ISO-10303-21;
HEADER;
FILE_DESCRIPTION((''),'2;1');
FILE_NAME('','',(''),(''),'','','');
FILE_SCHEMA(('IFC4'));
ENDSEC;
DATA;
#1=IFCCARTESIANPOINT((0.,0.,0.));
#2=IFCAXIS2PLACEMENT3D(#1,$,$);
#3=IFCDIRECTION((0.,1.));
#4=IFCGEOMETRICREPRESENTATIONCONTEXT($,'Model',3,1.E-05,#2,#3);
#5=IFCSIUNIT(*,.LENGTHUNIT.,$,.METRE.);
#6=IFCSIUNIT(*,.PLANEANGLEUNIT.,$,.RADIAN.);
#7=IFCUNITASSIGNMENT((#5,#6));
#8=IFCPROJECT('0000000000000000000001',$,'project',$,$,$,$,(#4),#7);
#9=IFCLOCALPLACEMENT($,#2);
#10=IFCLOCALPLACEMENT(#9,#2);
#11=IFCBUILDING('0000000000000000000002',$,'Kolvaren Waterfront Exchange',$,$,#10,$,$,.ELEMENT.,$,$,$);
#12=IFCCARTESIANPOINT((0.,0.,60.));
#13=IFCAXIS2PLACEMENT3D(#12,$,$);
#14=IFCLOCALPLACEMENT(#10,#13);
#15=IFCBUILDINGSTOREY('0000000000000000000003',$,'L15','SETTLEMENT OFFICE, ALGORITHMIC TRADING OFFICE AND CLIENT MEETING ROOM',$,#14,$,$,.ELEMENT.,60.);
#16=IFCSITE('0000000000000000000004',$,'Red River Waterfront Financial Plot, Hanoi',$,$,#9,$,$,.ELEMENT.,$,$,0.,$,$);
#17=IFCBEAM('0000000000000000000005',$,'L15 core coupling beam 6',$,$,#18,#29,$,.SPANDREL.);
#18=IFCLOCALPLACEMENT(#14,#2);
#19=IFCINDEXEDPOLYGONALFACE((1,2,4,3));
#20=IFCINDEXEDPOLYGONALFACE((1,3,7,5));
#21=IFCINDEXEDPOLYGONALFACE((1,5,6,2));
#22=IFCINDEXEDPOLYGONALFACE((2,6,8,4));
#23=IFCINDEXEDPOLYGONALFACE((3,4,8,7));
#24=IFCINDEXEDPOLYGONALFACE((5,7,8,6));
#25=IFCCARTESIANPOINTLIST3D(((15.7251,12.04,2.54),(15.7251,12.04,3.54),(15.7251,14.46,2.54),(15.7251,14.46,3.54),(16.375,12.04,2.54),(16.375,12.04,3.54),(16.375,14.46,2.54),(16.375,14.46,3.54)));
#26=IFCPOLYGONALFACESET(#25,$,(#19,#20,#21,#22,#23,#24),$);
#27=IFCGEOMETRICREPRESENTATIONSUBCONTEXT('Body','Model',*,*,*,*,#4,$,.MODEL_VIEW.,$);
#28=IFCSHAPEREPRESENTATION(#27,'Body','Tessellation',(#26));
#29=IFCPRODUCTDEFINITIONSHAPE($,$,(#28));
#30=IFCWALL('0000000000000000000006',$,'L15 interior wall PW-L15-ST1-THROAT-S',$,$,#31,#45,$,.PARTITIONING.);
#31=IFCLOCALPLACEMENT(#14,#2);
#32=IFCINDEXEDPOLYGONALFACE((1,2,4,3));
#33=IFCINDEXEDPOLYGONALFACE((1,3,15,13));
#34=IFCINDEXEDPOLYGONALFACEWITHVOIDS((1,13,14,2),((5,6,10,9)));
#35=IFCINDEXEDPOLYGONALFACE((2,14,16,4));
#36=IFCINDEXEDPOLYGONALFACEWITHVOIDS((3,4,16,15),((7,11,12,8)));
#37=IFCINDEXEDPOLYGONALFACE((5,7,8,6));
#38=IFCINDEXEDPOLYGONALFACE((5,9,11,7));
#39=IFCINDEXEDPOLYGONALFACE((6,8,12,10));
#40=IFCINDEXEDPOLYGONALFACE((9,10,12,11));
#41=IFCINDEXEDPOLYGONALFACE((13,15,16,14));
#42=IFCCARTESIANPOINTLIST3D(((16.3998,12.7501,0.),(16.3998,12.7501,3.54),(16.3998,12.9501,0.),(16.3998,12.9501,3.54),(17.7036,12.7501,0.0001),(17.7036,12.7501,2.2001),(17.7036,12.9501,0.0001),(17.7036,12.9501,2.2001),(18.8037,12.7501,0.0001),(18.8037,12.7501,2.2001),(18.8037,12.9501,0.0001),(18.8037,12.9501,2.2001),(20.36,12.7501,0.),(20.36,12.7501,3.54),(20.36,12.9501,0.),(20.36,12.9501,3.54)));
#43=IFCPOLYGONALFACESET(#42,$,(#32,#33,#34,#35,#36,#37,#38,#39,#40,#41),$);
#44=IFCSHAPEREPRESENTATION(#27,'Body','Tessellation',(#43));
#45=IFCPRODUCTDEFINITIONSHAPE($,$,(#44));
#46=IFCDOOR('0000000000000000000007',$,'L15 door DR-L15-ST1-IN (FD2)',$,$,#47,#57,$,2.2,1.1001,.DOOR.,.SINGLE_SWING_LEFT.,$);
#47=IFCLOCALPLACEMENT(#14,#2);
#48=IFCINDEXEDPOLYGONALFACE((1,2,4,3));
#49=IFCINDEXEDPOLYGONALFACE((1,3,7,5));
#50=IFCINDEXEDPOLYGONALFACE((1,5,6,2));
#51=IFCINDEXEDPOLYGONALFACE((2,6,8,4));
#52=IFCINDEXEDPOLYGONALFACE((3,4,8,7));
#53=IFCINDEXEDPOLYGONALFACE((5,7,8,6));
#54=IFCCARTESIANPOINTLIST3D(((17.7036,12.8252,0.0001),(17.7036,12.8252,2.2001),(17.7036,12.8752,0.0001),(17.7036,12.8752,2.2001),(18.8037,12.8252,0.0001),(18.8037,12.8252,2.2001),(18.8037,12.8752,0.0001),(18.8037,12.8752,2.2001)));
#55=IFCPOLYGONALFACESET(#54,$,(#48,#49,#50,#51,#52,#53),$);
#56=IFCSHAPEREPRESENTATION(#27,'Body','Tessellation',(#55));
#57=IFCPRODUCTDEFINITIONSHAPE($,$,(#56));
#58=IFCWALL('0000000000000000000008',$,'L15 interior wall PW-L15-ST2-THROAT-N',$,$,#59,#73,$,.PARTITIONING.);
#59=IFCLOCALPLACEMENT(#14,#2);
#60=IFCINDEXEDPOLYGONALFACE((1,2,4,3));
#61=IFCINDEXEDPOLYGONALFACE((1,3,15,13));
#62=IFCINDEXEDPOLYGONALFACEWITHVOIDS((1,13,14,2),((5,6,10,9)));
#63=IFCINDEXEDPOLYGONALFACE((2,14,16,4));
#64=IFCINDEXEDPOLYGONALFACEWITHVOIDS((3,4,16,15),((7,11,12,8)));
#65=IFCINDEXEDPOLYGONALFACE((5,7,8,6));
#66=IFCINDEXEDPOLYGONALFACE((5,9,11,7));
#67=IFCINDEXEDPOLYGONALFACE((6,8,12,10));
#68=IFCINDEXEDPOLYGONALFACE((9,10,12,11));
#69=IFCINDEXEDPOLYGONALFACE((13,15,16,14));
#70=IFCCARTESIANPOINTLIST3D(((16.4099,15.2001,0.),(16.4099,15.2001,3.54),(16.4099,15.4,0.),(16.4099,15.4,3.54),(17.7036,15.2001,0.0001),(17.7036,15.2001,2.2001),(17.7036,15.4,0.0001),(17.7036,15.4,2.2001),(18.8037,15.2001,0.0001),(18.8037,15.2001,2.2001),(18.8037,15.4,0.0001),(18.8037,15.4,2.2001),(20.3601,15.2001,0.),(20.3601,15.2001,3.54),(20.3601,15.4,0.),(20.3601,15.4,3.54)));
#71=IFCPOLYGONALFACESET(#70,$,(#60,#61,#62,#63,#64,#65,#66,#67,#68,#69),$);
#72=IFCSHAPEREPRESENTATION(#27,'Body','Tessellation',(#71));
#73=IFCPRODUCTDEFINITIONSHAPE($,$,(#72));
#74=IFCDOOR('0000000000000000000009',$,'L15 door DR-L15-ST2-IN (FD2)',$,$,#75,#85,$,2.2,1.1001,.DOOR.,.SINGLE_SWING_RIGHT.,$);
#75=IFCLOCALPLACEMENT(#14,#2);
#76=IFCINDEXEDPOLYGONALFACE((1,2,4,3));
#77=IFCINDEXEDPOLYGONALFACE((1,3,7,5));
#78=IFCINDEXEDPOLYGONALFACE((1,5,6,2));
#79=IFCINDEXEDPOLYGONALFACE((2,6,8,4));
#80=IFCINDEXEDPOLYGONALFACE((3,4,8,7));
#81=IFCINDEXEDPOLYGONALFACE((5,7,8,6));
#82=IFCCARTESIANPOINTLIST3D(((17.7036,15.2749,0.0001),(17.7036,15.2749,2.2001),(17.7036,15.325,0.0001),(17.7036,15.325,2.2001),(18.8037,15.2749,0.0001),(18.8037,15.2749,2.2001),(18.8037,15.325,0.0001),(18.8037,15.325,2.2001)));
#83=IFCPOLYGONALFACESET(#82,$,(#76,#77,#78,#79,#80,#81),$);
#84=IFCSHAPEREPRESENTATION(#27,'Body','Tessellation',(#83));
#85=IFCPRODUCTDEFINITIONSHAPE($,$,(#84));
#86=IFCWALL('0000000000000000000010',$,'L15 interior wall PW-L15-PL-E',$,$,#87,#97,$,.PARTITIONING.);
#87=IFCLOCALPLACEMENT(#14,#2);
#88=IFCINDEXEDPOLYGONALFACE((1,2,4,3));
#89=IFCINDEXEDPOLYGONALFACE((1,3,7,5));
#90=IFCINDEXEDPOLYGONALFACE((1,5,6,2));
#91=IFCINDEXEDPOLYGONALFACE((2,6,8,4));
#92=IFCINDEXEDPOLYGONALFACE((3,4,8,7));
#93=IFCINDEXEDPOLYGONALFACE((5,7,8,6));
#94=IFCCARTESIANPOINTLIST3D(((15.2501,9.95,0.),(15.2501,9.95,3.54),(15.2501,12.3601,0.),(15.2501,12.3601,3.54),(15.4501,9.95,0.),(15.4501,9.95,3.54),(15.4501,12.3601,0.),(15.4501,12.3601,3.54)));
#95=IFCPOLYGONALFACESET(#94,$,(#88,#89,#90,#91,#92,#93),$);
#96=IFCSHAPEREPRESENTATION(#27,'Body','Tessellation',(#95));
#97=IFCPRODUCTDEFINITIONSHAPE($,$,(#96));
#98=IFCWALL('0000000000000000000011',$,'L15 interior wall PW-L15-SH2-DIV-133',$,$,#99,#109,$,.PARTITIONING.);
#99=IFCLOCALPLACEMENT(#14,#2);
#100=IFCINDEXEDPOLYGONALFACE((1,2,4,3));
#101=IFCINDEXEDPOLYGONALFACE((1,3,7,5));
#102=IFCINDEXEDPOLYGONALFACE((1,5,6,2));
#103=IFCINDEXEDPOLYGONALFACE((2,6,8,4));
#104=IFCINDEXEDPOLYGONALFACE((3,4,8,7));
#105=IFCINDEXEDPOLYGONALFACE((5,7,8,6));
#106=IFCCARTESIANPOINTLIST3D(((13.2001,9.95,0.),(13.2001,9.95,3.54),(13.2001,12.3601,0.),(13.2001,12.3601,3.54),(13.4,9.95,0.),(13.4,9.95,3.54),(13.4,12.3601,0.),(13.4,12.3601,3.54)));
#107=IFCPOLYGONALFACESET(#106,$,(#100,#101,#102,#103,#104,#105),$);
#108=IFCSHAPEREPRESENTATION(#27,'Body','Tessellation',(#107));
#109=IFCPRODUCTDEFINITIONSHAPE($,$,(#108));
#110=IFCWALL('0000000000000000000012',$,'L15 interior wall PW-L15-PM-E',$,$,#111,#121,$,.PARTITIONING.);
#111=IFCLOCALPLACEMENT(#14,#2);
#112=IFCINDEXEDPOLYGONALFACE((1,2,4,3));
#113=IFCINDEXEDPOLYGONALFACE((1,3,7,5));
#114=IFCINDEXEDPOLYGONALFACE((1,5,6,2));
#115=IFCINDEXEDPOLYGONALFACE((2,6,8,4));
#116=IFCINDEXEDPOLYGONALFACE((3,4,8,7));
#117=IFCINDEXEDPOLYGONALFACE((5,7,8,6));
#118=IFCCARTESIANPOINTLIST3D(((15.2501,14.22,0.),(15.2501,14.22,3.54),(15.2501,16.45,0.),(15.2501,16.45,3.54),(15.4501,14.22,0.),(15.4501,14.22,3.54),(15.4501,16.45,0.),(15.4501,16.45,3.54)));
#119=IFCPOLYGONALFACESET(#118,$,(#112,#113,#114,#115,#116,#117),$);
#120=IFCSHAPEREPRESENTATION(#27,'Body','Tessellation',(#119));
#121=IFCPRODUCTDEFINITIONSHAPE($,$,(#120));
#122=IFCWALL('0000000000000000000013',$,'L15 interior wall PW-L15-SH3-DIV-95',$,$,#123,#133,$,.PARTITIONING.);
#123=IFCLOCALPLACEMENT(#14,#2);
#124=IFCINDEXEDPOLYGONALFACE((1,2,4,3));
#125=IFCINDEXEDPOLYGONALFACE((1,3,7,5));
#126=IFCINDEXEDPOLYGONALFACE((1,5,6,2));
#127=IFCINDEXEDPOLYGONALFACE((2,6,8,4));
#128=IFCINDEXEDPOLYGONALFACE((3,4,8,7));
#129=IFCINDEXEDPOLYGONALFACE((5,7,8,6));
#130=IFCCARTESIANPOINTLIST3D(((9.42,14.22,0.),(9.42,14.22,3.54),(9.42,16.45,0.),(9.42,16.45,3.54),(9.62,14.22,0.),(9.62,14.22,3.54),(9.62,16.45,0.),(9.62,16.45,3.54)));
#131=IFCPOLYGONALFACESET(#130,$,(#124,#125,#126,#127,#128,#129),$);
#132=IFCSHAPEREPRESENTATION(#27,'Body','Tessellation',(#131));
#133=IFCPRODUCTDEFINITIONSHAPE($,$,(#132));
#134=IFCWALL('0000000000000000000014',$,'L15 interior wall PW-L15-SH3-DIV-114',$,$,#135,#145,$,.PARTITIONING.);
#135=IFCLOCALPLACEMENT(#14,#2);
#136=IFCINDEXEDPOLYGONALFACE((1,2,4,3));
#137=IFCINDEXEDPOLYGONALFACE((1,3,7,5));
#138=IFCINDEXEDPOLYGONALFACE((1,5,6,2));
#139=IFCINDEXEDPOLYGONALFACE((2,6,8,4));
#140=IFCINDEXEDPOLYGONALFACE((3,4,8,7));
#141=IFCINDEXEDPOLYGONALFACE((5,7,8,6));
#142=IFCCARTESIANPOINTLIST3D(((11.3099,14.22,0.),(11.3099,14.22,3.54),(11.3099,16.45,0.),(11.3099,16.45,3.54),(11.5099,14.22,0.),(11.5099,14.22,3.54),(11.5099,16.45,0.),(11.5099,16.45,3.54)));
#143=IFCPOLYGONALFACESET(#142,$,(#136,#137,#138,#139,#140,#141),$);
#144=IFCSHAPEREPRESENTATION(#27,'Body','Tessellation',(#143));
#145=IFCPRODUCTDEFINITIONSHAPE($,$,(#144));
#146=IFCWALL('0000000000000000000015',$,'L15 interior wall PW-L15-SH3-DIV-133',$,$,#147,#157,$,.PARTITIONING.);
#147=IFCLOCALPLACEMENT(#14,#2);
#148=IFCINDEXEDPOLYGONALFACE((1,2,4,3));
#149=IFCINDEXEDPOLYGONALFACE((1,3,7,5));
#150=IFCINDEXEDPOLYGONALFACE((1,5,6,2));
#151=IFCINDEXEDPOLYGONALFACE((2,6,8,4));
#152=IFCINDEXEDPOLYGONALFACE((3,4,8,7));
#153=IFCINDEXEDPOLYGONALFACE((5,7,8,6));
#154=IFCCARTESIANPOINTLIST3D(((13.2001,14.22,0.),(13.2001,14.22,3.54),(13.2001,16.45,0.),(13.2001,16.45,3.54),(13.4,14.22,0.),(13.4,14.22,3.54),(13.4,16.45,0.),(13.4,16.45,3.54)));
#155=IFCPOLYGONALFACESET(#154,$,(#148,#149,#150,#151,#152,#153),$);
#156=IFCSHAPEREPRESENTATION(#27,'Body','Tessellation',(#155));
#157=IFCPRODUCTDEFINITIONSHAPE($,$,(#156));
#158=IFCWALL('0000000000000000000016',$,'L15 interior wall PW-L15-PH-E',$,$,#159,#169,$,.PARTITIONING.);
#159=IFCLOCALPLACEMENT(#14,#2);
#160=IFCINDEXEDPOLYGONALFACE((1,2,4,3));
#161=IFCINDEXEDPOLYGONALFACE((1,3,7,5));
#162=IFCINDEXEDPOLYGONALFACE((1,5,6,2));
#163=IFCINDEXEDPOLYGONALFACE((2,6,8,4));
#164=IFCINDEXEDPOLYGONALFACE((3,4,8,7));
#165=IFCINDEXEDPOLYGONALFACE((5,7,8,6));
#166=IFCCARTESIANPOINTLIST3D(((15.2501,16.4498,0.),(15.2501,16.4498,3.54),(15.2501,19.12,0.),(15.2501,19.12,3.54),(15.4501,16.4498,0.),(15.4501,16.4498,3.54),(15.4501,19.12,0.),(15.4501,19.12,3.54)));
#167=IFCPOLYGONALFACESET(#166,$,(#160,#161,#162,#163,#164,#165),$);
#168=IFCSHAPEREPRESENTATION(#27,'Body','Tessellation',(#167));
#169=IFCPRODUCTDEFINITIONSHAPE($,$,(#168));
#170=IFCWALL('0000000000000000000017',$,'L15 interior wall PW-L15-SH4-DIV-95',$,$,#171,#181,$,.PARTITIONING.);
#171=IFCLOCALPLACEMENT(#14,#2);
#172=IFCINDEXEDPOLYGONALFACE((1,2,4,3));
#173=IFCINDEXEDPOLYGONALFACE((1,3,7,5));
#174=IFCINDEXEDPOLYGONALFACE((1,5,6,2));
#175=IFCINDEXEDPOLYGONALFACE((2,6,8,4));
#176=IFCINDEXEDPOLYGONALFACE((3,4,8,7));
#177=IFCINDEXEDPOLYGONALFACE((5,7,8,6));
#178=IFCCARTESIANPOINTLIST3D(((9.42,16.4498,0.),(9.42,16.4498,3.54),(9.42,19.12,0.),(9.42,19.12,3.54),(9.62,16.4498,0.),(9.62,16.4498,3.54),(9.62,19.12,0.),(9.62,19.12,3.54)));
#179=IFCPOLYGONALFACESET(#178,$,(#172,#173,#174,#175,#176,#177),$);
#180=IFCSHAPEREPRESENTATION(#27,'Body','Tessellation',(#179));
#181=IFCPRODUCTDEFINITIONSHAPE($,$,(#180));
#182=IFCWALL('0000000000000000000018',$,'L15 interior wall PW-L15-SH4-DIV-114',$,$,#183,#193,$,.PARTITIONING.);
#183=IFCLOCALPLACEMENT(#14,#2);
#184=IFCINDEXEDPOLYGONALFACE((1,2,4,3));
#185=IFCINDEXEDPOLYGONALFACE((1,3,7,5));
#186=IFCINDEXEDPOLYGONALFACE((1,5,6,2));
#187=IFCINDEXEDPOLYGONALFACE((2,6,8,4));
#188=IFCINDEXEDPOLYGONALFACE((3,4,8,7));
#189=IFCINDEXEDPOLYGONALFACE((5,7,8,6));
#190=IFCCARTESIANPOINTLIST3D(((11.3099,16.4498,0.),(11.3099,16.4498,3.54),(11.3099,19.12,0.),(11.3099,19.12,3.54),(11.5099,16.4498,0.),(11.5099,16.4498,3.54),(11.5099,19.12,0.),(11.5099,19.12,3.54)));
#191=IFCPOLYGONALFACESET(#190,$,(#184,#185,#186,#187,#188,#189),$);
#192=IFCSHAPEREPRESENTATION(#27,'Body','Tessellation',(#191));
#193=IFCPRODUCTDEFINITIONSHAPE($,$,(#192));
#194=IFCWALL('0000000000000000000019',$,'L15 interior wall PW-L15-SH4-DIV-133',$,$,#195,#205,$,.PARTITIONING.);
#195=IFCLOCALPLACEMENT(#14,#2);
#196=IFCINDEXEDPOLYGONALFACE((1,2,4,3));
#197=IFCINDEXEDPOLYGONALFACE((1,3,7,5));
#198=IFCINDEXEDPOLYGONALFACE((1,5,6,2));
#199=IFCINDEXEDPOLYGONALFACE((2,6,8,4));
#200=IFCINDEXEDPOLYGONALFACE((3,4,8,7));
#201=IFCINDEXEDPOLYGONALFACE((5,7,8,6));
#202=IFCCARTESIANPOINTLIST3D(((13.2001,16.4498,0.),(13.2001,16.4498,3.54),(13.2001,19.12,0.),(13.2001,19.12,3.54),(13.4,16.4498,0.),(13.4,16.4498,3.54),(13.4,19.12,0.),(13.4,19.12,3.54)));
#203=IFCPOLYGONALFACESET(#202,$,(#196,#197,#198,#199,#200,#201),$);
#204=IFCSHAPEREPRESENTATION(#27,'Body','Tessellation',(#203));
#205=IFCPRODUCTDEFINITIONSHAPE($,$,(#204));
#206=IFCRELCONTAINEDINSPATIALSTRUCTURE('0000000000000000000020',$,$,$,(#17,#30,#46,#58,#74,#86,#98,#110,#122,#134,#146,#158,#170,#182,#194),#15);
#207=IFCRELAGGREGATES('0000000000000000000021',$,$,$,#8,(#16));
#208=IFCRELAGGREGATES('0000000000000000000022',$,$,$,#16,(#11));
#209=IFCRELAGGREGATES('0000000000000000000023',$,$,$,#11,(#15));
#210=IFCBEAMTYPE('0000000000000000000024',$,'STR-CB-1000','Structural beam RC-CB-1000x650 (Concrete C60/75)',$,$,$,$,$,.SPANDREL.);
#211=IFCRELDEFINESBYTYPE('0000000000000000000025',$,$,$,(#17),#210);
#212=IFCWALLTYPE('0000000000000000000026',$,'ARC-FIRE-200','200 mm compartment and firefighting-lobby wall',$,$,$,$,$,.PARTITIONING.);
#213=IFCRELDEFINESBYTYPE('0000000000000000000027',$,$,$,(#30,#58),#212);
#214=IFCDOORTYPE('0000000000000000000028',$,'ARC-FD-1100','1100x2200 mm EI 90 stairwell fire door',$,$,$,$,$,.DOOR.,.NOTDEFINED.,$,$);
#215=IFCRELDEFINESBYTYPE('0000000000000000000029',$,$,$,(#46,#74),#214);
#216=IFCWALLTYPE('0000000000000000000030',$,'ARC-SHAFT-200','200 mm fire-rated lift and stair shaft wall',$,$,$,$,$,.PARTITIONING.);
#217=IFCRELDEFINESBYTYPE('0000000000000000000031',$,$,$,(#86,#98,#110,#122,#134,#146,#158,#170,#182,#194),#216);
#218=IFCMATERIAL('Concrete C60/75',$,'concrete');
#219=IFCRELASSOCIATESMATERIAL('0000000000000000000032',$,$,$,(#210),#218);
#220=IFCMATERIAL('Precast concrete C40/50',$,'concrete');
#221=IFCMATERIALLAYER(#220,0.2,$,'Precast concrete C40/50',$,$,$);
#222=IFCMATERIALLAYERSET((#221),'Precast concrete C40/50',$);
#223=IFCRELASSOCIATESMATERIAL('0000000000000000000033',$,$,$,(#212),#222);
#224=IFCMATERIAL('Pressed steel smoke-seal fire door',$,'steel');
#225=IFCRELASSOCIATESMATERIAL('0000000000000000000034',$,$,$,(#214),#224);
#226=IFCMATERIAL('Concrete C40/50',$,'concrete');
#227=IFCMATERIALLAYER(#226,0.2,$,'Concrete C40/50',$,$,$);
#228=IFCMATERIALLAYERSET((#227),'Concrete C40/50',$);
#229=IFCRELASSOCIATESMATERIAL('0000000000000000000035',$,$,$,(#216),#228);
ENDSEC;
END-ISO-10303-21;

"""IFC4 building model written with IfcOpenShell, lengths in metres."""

from ifc_helpers import new_model, si_unit, direction, frame, frame_2d, origin, origin_2d, place, context, subcontext, project, spatial, rectangle, extrude, material, layer, layer_set, material_profile, profile_set, type_object, element, fill, save


model = new_model("IFC4")

# Units and contexts
model_context = context("Model", 3, precision=1e-05, world=origin(), true_north=direction((0.0, 1.0)))
body_context = subcontext(model_context, "Body", "Model", "MODEL_VIEW")
ifc_project = project(units=[si_unit("LENGTHUNIT", "METRE"), si_unit("PLANEANGLEUNIT", "RADIAN")], contexts=[model_context])

# Site, building, storey
site_placement = place(None, origin())
site = spatial("IfcSite", under=ifc_project, at=site_placement, Name="Red River Waterfront Financial Plot, Hanoi", CompositionType="ELEMENT", RefElevation=0.0)
building_placement = place(site_placement, origin())
building = spatial("IfcBuilding", under=site, at=building_placement, Name="Kolvaren Waterfront Exchange", CompositionType="ELEMENT")
storey_placement = place(building_placement, frame((0.0, 0.0, 60.0)))
storey = spatial("IfcBuildingStorey", under=building, at=storey_placement, Name="L15", Description="SETTLEMENT OFFICE, ALGORITHMIC TRADING OFFICE AND CLIENT MEETING ROOM", CompositionType="ELEMENT", Elevation=60.0)

# Beam
ifc_material_1 = material(Name="Concrete C60/75", Category="concrete")
ifc_material_profile = material_profile(ifc_material_1, rectangle(XDim=0.6499, YDim=1.0, at=origin_2d()), Name="RC-CB-1000x650")
ifc_profile_set = profile_set([ifc_material_profile], Name="Concrete C60/75")
beam_type = type_object("IfcBeamType", Name="STR-CB-1000", Description="Structural beam RC-CB-1000x650 (Concrete C60/75)", PredefinedType="SPANDREL", material=ifc_profile_set)
beam_placement = place(storey_placement, frame((16.05, 12.04, 3.04), z_axis=(0.0, 1.0, 0.0), x_axis=(-1.0, 0.0, 0.0)))
element("IfcBeam", 1, at=beam_placement, inside=storey, type_object=beam_type, Name="L15 core coupling beam 6", PredefinedType="SPANDREL", context=body_context, shape_type="SweptSolid", body=[
    extrude(rectangle(XDim=0.6499, YDim=1.0, at=origin_2d()), origin(), (0.0, 0.0, 1.0), 2.4199),
])

# Walls, openings, doors
ifc_material_2 = material(Name="Precast concrete C40/50", Category="concrete")
ifc_layer_1 = layer(ifc_material_2, 0.2, Name="Precast concrete C40/50")
ifc_layer_set_1 = layer_set([ifc_layer_1], Name="Precast concrete C40/50")
wall_type_1 = type_object("IfcWallType", Name="ARC-FIRE-200", Description="200 mm compartment and firefighting-lobby wall", PredefinedType="PARTITIONING", material=ifc_layer_set_1)
wall_1_placement = place(storey_placement, frame((16.3999, 12.8501, 0.0), z_axis=(0.0, 0.0, 1.0), x_axis=(1.0, 0.0, 0.0)))
wall_1 = element("IfcWall", 2, at=wall_1_placement, inside=storey, type_object=wall_type_1, Name="L15 interior wall PW-L15-ST1-THROAT-S", PredefinedType="PARTITIONING", context=body_context, shape_type="SweptSolid", body=[
    extrude(rectangle(XDim=3.9602, YDim=0.2, at=frame_2d((1.98, 0.0))), origin(), (0.0, 0.0, 1.0), 3.54),
])
opening_1_placement = place(wall_1_placement, frame((1.3037, 0.0, 0.0)))
opening_1 = element("IfcOpeningElement", 3, at=opening_1_placement, cuts=wall_1, PredefinedType="OPENING", context=body_context, shape_type="SweptSolid", body=[
    extrude(rectangle(XDim=1.1001, YDim=2.2, at=frame_2d((0.55, 1.1001))), frame((0.0, 0.1099, 0.0), z_axis=(0.0, -1.0, 0.0), x_axis=(1.0, 0.0, 0.0)), (0.0, 0.0, 1.0), 0.22),
])
ifc_material_3 = material(Name="Pressed steel smoke-seal fire door", Category="steel")
door_type = type_object("IfcDoorType", Name="ARC-FD-1100", Description="1100x2200 mm EI 90 stairwell fire door", OperationType="NOTDEFINED", PredefinedType="DOOR", material=ifc_material_3)
door_1_placement = place(opening_1_placement, frame((1.1001, 0.0, 0.0), z_axis=(0.0, 0.0, 1.0), x_axis=(-1.0, 0.0, 0.0)))
door_1 = element("IfcDoor", 4, at=door_1_placement, inside=storey, type_object=door_type, Name="L15 door DR-L15-ST1-IN (FD2)", OperationType="SINGLE_SWING_LEFT", OverallHeight=2.2, OverallWidth=1.1001, PredefinedType="DOOR", context=body_context, shape_type="SweptSolid", body=[
    extrude(rectangle(XDim=1.1001, YDim=2.2, at=frame_2d((0.55, 1.1001))), frame((0.0, 0.0249, 0.0), z_axis=(0.0, -1.0, 0.0), x_axis=(1.0, 0.0, 0.0)), (0.0, 0.0, 1.0), 0.05),
])
fill(opening_1, door_1)
wall_2_placement = place(storey_placement, frame((16.4099, 15.3, 0.0), z_axis=(0.0, 0.0, 1.0), x_axis=(1.0, 0.0, 0.0)))
wall_2 = element("IfcWall", 5, at=wall_2_placement, inside=storey, type_object=wall_type_1, Name="L15 interior wall PW-L15-ST2-THROAT-N", PredefinedType="PARTITIONING", context=body_context, shape_type="SweptSolid", body=[
    extrude(rectangle(XDim=3.9502, YDim=0.2, at=frame_2d((1.9751, 0.0))), origin(), (0.0, 0.0, 1.0), 3.54),
])
opening_2_placement = place(wall_2_placement, frame((1.2937, 0.0, 0.0)))
opening_2 = element("IfcOpeningElement", 6, at=opening_2_placement, cuts=wall_2, PredefinedType="OPENING", context=body_context, shape_type="SweptSolid", body=[
    extrude(rectangle(XDim=1.1001, YDim=2.2, at=frame_2d((0.55, 1.1001))), frame((0.0, 0.1099, 0.0), z_axis=(0.0, -1.0, 0.0), x_axis=(1.0, 0.0, 0.0)), (0.0, 0.0, 1.0), 0.22),
])
door_2_placement = place(opening_2_placement, origin())
door_2 = element("IfcDoor", 7, at=door_2_placement, inside=storey, type_object=door_type, Name="L15 door DR-L15-ST2-IN (FD2)", OperationType="SINGLE_SWING_RIGHT", OverallHeight=2.2, OverallWidth=1.1001, PredefinedType="DOOR", context=body_context, shape_type="SweptSolid", body=[
    extrude(rectangle(XDim=1.1001, YDim=2.2, at=frame_2d((0.55, 1.1001))), frame((0.0, 0.0249, 0.0), z_axis=(0.0, -1.0, 0.0), x_axis=(1.0, 0.0, 0.0)), (0.0, 0.0, 1.0), 0.05),
])
fill(opening_2, door_2)

# Walls
ifc_material_4 = material(Name="Concrete C40/50", Category="concrete")
ifc_layer_2 = layer(ifc_material_4, 0.2, Name="Concrete C40/50")
ifc_layer_set_2 = layer_set([ifc_layer_2], Name="Concrete C40/50")
wall_type_2 = type_object("IfcWallType", Name="ARC-SHAFT-200", Description="200 mm fire-rated lift and stair shaft wall", PredefinedType="PARTITIONING", material=ifc_layer_set_2)
for number, where, z_axis, x_axis, name in (
    (8, (15.3501, 9.95, 0.0), (0.0, 0.0, 1.0), (0.0, 1.0, 0.0), "L15 interior wall PW-L15-PL-E"),
    (9, (13.3, 9.95, 0.0), (0.0, 0.0, 1.0), (0.0, 1.0, 0.0), "L15 interior wall PW-L15-SH2-DIV-133"),
):
    element("IfcWall", number, at=place(storey_placement, frame(where, z_axis=z_axis, x_axis=x_axis)), inside=storey, type_object=wall_type_2, Name=name, PredefinedType="PARTITIONING", context=body_context, shape_type="SweptSolid", body=[
        extrude(rectangle(XDim=2.4102, YDim=0.2, at=frame_2d((1.2051, 0.0))), origin(), (0.0, 0.0, 1.0), 3.54),
    ])
for number, where, z_axis, x_axis, name in (
    (10, (15.3501, 14.22, 0.0), (0.0, 0.0, 1.0), (0.0, 1.0, 0.0), "L15 interior wall PW-L15-PM-E"),
    (11, (9.52, 14.22, 0.0), (0.0, 0.0, 1.0), (0.0, 1.0, 0.0), "L15 interior wall PW-L15-SH3-DIV-95"),
    (12, (11.4099, 14.22, 0.0), (0.0, 0.0, 1.0), (0.0, 1.0, 0.0), "L15 interior wall PW-L15-SH3-DIV-114"),
    (13, (13.3, 14.22, 0.0), (0.0, 0.0, 1.0), (0.0, 1.0, 0.0), "L15 interior wall PW-L15-SH3-DIV-133"),
):
    element("IfcWall", number, at=place(storey_placement, frame(where, z_axis=z_axis, x_axis=x_axis)), inside=storey, type_object=wall_type_2, Name=name, PredefinedType="PARTITIONING", context=body_context, shape_type="SweptSolid", body=[
        extrude(rectangle(XDim=2.23, YDim=0.2, at=frame_2d((1.115, 0.0))), origin(), (0.0, 0.0, 1.0), 3.54),
    ])
for number, where, z_axis, x_axis, name in (
    (14, (15.3501, 16.45, 0.0), (0.0, 0.0, 1.0), (0.0, 1.0, 0.0), "L15 interior wall PW-L15-PH-E"),
    (15, (9.52, 16.45, 0.0), (0.0, 0.0, 1.0), (0.0, 1.0, 0.0), "L15 interior wall PW-L15-SH4-DIV-95"),
    (16, (11.4099, 16.45, 0.0), (0.0, 0.0, 1.0), (0.0, 1.0, 0.0), "L15 interior wall PW-L15-SH4-DIV-114"),
    (17, (13.3, 16.45, 0.0), (0.0, 0.0, 1.0), (0.0, 1.0, 0.0), "L15 interior wall PW-L15-SH4-DIV-133"),
):
    element("IfcWall", number, at=place(storey_placement, frame(where, z_axis=z_axis, x_axis=x_axis)), inside=storey, type_object=wall_type_2, Name=name, PredefinedType="PARTITIONING", context=body_context, shape_type="SweptSolid", body=[
        extrude(rectangle(XDim=2.6702, YDim=0.2, at=frame_2d((1.335, 0.0))), origin(), (0.0, 0.0, 1.0), 3.54),
    ])

save(model, "model.ifc")
